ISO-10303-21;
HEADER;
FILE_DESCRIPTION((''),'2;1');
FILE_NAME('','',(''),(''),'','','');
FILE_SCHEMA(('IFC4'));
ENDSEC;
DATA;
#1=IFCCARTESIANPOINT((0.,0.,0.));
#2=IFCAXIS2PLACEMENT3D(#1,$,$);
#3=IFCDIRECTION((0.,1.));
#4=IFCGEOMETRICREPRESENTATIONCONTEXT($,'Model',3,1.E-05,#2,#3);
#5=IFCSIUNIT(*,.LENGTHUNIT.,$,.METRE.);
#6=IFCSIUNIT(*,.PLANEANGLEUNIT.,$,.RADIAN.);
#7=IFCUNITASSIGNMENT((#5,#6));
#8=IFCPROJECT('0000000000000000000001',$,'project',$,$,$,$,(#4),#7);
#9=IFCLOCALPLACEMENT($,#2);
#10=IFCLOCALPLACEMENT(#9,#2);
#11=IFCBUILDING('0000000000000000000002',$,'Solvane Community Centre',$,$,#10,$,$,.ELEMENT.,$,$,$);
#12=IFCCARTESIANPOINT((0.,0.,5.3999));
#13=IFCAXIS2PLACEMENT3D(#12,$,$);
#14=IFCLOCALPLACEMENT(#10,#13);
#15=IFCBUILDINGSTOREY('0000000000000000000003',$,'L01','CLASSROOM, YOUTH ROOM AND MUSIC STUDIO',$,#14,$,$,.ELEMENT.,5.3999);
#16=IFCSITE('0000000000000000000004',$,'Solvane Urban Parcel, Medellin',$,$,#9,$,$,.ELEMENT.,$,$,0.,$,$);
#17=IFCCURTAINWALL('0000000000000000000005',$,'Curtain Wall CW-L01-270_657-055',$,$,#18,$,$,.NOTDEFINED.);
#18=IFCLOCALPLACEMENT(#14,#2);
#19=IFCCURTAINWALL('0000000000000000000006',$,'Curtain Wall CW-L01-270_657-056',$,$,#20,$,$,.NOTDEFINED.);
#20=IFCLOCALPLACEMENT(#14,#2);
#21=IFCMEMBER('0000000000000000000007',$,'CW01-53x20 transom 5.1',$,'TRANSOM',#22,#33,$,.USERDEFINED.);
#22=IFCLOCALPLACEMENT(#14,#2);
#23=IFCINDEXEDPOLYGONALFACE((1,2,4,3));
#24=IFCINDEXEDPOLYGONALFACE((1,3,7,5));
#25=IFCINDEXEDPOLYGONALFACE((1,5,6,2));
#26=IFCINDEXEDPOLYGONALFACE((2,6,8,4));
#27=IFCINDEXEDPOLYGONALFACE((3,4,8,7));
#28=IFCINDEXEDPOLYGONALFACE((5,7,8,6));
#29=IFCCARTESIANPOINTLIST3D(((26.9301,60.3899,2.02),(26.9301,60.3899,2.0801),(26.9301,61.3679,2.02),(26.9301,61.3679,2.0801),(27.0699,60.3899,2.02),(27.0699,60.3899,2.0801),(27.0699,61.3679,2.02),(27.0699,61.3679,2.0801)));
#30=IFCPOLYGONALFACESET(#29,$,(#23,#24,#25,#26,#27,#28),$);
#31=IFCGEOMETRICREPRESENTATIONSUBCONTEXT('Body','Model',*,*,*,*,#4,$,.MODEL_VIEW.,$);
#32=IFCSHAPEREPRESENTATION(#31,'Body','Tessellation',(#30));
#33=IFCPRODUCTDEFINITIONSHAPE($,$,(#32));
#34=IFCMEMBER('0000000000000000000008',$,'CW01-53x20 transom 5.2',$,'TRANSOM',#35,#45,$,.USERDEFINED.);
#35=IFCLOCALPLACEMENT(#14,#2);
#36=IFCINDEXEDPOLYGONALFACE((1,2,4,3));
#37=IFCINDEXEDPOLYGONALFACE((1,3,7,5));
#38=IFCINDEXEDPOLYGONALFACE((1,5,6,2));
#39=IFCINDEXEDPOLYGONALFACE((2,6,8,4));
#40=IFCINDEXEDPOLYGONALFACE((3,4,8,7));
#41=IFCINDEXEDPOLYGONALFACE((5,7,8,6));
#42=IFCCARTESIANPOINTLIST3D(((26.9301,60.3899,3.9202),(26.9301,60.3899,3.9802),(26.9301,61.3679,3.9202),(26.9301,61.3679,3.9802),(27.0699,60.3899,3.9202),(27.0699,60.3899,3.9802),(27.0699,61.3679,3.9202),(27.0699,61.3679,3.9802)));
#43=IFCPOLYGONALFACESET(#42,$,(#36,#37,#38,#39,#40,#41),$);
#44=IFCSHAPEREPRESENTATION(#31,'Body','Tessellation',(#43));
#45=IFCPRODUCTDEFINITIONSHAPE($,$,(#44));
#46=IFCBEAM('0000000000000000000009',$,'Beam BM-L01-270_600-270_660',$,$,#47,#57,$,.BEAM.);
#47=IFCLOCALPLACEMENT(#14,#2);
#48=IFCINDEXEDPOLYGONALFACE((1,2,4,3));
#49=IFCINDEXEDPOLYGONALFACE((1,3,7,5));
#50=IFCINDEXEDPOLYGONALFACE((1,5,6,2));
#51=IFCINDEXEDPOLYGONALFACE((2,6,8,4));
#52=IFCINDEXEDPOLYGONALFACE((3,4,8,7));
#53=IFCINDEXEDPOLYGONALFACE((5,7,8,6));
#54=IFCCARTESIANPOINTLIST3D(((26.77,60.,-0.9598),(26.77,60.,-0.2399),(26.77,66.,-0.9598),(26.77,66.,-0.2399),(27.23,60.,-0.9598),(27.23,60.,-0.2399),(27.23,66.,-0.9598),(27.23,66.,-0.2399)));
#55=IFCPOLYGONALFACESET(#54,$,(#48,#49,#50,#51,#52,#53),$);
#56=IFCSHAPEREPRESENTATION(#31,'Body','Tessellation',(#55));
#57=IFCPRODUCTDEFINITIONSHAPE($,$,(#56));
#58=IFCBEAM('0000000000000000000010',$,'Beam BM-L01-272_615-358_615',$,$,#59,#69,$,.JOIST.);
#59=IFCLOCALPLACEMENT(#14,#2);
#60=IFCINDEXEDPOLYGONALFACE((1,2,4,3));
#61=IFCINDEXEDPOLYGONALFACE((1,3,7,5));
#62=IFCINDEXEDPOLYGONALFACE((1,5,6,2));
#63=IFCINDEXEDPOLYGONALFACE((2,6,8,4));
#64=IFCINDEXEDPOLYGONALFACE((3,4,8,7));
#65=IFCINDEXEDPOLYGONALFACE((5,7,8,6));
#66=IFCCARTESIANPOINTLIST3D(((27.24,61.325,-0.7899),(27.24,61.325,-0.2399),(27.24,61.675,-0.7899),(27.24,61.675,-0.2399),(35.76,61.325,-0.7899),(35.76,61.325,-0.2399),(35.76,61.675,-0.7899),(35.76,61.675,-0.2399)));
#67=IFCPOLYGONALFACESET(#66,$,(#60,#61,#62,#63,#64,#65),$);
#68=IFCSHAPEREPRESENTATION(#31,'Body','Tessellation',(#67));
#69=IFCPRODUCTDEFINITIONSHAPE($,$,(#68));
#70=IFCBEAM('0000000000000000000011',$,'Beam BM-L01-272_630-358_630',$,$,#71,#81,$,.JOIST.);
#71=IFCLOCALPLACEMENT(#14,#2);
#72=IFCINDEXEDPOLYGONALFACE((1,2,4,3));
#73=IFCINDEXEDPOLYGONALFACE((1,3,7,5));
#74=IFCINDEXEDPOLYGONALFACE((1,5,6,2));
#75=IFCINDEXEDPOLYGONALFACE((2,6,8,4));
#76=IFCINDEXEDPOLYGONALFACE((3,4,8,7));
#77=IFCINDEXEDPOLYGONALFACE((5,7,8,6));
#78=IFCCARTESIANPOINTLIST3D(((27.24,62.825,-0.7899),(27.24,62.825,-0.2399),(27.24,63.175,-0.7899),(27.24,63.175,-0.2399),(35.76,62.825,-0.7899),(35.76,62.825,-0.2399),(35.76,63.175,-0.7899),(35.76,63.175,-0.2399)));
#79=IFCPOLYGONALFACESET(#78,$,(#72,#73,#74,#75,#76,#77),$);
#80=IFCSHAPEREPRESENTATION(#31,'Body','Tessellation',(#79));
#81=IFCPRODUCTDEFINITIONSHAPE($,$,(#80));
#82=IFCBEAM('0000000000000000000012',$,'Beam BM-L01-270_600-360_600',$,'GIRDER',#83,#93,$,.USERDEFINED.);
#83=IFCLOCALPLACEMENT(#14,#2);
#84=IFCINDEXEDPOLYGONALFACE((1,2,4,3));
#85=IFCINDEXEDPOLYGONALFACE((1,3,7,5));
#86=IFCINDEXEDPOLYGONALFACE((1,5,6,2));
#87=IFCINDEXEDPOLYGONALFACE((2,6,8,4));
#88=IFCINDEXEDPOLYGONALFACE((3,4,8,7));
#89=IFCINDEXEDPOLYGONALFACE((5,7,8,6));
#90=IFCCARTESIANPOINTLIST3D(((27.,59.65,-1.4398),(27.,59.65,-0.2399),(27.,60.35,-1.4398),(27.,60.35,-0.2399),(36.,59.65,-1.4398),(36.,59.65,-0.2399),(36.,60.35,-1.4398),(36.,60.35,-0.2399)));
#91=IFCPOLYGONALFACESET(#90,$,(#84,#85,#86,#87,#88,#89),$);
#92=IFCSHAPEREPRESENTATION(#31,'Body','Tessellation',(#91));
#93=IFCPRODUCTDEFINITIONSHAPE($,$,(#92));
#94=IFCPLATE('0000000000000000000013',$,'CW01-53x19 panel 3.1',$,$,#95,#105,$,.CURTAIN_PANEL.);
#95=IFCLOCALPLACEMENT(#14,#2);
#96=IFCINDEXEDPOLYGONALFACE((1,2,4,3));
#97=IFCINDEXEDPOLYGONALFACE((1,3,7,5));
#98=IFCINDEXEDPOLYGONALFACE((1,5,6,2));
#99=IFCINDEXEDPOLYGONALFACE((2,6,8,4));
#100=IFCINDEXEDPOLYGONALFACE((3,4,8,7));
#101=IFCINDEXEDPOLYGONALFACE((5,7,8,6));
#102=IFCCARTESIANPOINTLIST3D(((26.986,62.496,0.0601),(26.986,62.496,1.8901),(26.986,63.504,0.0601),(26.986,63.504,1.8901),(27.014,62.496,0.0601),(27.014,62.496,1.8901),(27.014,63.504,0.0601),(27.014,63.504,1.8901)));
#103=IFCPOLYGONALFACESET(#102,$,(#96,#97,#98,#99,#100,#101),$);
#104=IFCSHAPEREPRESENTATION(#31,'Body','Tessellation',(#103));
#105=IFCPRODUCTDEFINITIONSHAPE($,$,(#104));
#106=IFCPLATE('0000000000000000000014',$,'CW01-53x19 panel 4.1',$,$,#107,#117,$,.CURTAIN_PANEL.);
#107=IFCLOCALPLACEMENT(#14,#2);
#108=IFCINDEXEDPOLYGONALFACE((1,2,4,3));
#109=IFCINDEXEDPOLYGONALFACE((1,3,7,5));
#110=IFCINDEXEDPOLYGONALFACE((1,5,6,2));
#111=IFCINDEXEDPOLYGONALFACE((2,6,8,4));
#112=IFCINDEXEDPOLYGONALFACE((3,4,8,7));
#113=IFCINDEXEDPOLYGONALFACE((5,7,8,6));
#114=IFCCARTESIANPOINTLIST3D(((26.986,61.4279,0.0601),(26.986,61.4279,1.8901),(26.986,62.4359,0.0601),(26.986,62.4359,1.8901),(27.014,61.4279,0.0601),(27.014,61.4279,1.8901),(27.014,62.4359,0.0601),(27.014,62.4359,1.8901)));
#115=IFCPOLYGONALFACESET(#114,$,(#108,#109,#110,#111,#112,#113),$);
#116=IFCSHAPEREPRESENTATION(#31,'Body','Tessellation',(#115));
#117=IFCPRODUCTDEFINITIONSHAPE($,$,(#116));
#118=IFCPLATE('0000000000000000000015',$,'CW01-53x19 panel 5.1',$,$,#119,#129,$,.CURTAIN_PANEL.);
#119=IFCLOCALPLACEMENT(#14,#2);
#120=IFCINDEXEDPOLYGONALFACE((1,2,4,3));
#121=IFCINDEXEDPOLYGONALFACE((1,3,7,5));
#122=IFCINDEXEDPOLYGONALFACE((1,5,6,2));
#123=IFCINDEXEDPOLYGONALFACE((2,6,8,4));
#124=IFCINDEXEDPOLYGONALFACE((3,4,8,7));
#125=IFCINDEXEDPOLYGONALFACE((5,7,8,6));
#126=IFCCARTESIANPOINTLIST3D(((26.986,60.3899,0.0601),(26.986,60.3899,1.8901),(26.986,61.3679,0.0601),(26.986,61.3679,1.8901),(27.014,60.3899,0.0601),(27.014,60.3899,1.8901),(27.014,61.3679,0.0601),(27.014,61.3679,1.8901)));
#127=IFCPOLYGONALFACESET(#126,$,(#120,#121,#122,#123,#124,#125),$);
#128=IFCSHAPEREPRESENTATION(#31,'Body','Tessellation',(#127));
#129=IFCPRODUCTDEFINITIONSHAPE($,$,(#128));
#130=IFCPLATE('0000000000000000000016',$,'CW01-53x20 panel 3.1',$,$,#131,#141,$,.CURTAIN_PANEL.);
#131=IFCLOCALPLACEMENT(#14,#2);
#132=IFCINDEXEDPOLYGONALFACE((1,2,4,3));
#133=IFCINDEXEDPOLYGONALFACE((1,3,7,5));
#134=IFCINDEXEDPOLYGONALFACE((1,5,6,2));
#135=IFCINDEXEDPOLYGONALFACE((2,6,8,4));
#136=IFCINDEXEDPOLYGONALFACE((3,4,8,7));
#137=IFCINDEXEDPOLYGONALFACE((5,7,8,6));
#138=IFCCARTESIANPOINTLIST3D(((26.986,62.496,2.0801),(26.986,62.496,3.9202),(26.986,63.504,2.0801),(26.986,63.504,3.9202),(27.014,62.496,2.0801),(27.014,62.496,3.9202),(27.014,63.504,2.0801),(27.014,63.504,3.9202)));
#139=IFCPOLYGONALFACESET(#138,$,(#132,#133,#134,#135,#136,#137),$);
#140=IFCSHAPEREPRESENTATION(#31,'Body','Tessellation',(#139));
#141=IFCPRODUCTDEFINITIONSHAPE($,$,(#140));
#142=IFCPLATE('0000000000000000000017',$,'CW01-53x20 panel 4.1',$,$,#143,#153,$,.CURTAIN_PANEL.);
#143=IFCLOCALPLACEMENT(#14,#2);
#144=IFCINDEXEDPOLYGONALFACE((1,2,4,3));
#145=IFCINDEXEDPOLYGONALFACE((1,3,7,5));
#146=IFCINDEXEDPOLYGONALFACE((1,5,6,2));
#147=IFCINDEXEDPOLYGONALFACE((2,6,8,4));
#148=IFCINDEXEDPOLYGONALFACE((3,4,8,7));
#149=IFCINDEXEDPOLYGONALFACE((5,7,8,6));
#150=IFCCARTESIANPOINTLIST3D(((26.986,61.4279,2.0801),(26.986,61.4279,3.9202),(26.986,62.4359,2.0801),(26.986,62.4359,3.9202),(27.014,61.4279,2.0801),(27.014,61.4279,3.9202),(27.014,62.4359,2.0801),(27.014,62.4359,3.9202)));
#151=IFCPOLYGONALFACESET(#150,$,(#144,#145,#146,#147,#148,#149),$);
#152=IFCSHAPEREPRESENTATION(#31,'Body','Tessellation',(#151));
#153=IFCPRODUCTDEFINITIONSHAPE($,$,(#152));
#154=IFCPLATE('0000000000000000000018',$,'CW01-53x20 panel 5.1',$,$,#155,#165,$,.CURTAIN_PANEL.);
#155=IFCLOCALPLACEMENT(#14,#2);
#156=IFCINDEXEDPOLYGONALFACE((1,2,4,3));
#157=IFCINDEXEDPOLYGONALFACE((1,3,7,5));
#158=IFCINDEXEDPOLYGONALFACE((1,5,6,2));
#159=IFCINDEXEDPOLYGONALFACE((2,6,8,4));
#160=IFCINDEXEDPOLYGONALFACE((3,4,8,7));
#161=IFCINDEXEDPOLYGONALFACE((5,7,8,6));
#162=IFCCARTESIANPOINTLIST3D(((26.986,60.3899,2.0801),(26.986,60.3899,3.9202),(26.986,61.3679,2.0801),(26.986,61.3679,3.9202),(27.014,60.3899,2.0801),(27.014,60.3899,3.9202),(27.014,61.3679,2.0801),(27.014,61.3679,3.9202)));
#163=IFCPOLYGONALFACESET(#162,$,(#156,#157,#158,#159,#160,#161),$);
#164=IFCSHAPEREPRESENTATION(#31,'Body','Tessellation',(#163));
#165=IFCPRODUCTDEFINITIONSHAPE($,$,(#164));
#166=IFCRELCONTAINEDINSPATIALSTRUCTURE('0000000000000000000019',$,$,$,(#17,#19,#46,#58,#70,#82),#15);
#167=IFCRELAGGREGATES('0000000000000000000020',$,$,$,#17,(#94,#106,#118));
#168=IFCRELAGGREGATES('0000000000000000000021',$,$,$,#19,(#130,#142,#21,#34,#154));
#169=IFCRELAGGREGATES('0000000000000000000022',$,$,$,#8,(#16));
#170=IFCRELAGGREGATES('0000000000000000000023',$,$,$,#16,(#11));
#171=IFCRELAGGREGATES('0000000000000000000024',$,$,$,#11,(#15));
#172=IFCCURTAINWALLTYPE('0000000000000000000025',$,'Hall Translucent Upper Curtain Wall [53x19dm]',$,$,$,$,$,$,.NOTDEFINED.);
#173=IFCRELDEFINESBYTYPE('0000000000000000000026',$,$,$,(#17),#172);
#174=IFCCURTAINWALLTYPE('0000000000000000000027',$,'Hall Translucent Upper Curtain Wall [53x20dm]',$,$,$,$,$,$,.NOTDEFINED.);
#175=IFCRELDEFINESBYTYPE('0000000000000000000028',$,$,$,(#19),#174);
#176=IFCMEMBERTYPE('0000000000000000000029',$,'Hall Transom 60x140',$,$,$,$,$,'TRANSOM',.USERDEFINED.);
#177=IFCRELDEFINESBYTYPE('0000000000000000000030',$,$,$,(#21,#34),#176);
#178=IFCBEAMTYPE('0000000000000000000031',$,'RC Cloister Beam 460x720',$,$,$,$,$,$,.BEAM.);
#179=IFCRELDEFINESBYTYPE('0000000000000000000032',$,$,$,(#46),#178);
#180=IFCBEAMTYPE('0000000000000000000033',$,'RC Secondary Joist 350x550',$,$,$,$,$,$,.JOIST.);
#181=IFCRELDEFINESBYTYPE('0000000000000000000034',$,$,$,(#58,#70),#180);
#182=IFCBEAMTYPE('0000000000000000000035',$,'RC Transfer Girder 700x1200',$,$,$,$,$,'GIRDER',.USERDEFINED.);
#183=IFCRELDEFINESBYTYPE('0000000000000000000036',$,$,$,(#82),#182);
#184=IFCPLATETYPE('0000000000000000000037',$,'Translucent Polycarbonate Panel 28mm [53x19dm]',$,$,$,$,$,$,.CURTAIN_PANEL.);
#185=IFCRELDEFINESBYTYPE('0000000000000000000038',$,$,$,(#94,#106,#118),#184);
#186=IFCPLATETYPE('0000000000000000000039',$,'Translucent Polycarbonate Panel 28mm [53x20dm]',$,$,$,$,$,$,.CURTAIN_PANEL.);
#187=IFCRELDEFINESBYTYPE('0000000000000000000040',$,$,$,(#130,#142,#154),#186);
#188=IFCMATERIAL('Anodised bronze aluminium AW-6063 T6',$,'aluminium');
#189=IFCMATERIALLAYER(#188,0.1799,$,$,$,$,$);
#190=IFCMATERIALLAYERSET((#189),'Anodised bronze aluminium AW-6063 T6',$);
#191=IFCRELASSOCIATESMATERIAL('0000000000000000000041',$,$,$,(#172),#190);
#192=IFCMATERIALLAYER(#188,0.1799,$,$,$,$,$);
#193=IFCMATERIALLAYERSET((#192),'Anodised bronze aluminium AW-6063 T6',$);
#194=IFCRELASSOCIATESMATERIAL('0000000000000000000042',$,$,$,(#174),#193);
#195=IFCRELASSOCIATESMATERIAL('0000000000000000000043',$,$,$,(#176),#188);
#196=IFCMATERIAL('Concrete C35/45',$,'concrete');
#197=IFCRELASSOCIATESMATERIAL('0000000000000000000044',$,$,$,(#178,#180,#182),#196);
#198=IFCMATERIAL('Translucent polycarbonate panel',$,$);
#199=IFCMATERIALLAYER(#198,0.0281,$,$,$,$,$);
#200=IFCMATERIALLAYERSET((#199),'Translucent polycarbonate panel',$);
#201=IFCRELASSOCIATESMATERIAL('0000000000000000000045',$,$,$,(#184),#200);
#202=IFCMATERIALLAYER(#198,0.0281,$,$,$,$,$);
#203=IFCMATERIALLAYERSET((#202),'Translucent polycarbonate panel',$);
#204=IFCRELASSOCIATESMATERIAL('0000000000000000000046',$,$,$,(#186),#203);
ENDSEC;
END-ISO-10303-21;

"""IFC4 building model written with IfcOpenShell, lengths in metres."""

from ifc_helpers import new_model, si_unit, direction, frame, origin, origin_2d, place, context, subcontext, project, spatial, rectangle, extrude, material, layer, layer_set, material_profile, profile_set, type_object, element, aggregate, save


model = new_model("IFC4")

# Units and contexts
model_context = context("Model", 3, precision=1e-05, world=origin(), true_north=direction((0.0, 1.0)))
body_context = subcontext(model_context, "Body", "Model", "MODEL_VIEW")
ifc_project = project(units=[si_unit("LENGTHUNIT", "METRE"), si_unit("PLANEANGLEUNIT", "RADIAN")], contexts=[model_context])

# Site, building, storey
site_placement = place(None, origin())
site = spatial("IfcSite", under=ifc_project, at=site_placement, Name="Solvane Urban Parcel, Medellin", CompositionType="ELEMENT", RefElevation=0.0)
building_placement = place(site_placement, origin())
building = spatial("IfcBuilding", under=site, at=building_placement, Name="Solvane Community Centre", CompositionType="ELEMENT")
storey_placement = place(building_placement, frame((0.0, 0.0, 5.3999)))
storey = spatial("IfcBuildingStorey", under=building, at=storey_placement, Name="L01", Description="CLASSROOM, YOUTH ROOM AND MUSIC STUDIO", CompositionType="ELEMENT", Elevation=5.3999)

# Shared definitions
ifc_material_1 = material(Name="Concrete C35/45", Category="concrete")

# Curtain walls
ifc_material_2 = material(Name="Anodised bronze aluminium AW-6063 T6", Category="aluminium")
ifc_layer_1 = layer(ifc_material_2, 0.1799)
ifc_layer_set_1 = layer_set([ifc_layer_1], Name="Anodised bronze aluminium AW-6063 T6")
curtain_wall_type_1 = type_object("IfcCurtainWallType", Name="Hall Translucent Upper Curtain Wall [53x19dm]", PredefinedType="NOTDEFINED", material=ifc_layer_set_1)
curtain_wall_1_placement = place(storey_placement, origin())
curtain_wall_1 = element("IfcCurtainWall", 1, at=curtain_wall_1_placement, inside=storey, type_object=curtain_wall_type_1, Name="Curtain Wall CW-L01-270_657-055", PredefinedType="NOTDEFINED")
ifc_layer_2 = layer(ifc_material_2, 0.1799)
ifc_layer_set_2 = layer_set([ifc_layer_2], Name="Anodised bronze aluminium AW-6063 T6")
curtain_wall_type_2 = type_object("IfcCurtainWallType", Name="Hall Translucent Upper Curtain Wall [53x20dm]", PredefinedType="NOTDEFINED", material=ifc_layer_set_2)
curtain_wall_2_placement = place(storey_placement, origin())
curtain_wall_2 = element("IfcCurtainWall", 2, at=curtain_wall_2_placement, inside=storey, type_object=curtain_wall_type_2, Name="Curtain Wall CW-L01-270_657-056", PredefinedType="NOTDEFINED")

# Members
ifc_material_profile_1 = material_profile(ifc_material_2, rectangle(XDim=0.1399, YDim=0.0601, at=origin_2d()), Name="CW-T 60x140")
ifc_profile_set_1 = profile_set([ifc_material_profile_1], Name="Anodised bronze aluminium AW-6063 T6")
member_type_1 = type_object("IfcMemberType", Name="Hall Transom 60x140", ElementType="TRANSOM", PredefinedType="USERDEFINED", material=ifc_profile_set_1)
member_1_placement = place(storey_placement, frame((27.0, 61.3679, 2.05), z_axis=(0.0, -1.0, 0.0), x_axis=(1.0, 0.0, 0.0)))
member_1 = element("IfcMember", 3, at=member_1_placement, type_object=member_type_1, Name="CW01-53x20 transom 5.1", ObjectType="TRANSOM", PredefinedType="USERDEFINED", context=body_context, shape_type="SweptSolid", body=[
    extrude(rectangle(XDim=0.1399, YDim=0.0601, at=origin_2d()), origin(), (0.0, 0.0, 1.0), 0.978),
])
member_2_placement = place(storey_placement, frame((27.0, 61.3679, 3.9502), z_axis=(0.0, -1.0, 0.0), x_axis=(1.0, 0.0, 0.0)))
member_2 = element("IfcMember", 4, at=member_2_placement, type_object=member_type_1, Name="CW01-53x20 transom 5.2", ObjectType="TRANSOM", PredefinedType="USERDEFINED", context=body_context, shape_type="SweptSolid", body=[
    extrude(rectangle(XDim=0.1399, YDim=0.0601, at=origin_2d()), origin(), (0.0, 0.0, 1.0), 0.978),
])

# Beams
ifc_material_profile_2 = material_profile(ifc_material_1, rectangle(XDim=0.46, YDim=0.72, at=origin_2d()), Name="RC 460x720")
ifc_profile_set_2 = profile_set([ifc_material_profile_2], Name="Concrete C35/45")
beam_type_1 = type_object("IfcBeamType", Name="RC Cloister Beam 460x720", PredefinedType="BEAM", material=ifc_profile_set_2)
beam_1_placement = place(storey_placement, frame((27.0, 60.0, -0.5999), z_axis=(0.0, 1.0, 0.0), x_axis=(-1.0, 0.0, 0.0)))
element("IfcBeam", 5, at=beam_1_placement, inside=storey, type_object=beam_type_1, Name="Beam BM-L01-270_600-270_660", PredefinedType="BEAM", context=body_context, shape_type="SweptSolid", body=[
    extrude(rectangle(XDim=0.46, YDim=0.72, at=origin_2d()), origin(), (0.0, 0.0, 1.0), 6.0),
])
ifc_material_profile_3 = material_profile(ifc_material_1, rectangle(XDim=0.3501, YDim=0.55, at=origin_2d()), Name="RC 350x550")
ifc_profile_set_3 = profile_set([ifc_material_profile_3], Name="Concrete C35/45")
beam_type_2 = type_object("IfcBeamType", Name="RC Secondary Joist 350x550", PredefinedType="JOIST", material=ifc_profile_set_3)
for number, where, z_axis, x_axis, name in (
    (6, (27.24, 61.5, -0.5149), (1.0, 0.0, 0.0), (0.0, 1.0, 0.0), "Beam BM-L01-272_615-358_615"),
    (7, (27.24, 63.0, -0.5149), (1.0, 0.0, 0.0), (0.0, 1.0, 0.0), "Beam BM-L01-272_630-358_630"),
):
    element("IfcBeam", number, at=place(storey_placement, frame(where, z_axis=z_axis, x_axis=x_axis)), inside=storey, type_object=beam_type_2, Name=name, PredefinedType="JOIST", context=body_context, shape_type="SweptSolid", body=[
        extrude(rectangle(XDim=0.3501, YDim=0.55, at=origin_2d()), origin(), (0.0, 0.0, 1.0), 8.52),
    ])
ifc_material_profile_4 = material_profile(ifc_material_1, rectangle(XDim=0.7, YDim=1.2, at=origin_2d()), Name="RC 700x1200")
ifc_profile_set_4 = profile_set([ifc_material_profile_4], Name="Concrete C35/45")
beam_type_3 = type_object("IfcBeamType", Name="RC Transfer Girder 700x1200", ElementType="GIRDER", PredefinedType="USERDEFINED", material=ifc_profile_set_4)
beam_2_placement = place(storey_placement, frame((27.0, 60.0, -0.8398), z_axis=(1.0, 0.0, 0.0), x_axis=(0.0, 1.0, 0.0)))
element("IfcBeam", 8, at=beam_2_placement, inside=storey, type_object=beam_type_3, Name="Beam BM-L01-270_600-360_600", ObjectType="GIRDER", PredefinedType="USERDEFINED", context=body_context, shape_type="SweptSolid", body=[
    extrude(rectangle(XDim=0.7, YDim=1.2, at=origin_2d()), origin(), (0.0, 0.0, 1.0), 9.0),
])

# Plates
ifc_material_3 = material(Name="Translucent polycarbonate panel")
ifc_layer_3 = layer(ifc_material_3, 0.0281)
ifc_layer_set_3 = layer_set([ifc_layer_3], Name="Translucent polycarbonate panel")
plate_type_1 = type_object("IfcPlateType", Name="Translucent Polycarbonate Panel 28mm [53x19dm]", PredefinedType="CURTAIN_PANEL", material=ifc_layer_set_3)
plate_1_placement = place(storey_placement, frame((27.0, 63.0, 0.0601), z_axis=(0.0, 0.0, 1.0), x_axis=(0.0, -1.0, 0.0)))
plate_1 = element("IfcPlate", 9, at=plate_1_placement, type_object=plate_type_1, Name="CW01-53x19 panel 3.1", PredefinedType="CURTAIN_PANEL", context=body_context, shape_type="SweptSolid", body=[
    extrude(rectangle(XDim=1.0081, YDim=0.0281, at=origin_2d()), origin(), (0.0, 0.0, 1.0), 1.8301),
])
plate_2_placement = place(storey_placement, frame((27.0, 61.9319, 0.0601), z_axis=(0.0, 0.0, 1.0), x_axis=(0.0, -1.0, 0.0)))
plate_2 = element("IfcPlate", 10, at=plate_2_placement, type_object=plate_type_1, Name="CW01-53x19 panel 4.1", PredefinedType="CURTAIN_PANEL", context=body_context, shape_type="SweptSolid", body=[
    extrude(rectangle(XDim=1.0081, YDim=0.0281, at=origin_2d()), origin(), (0.0, 0.0, 1.0), 1.8301),
])
plate_3_placement = place(storey_placement, frame((27.0, 60.8789, 0.0601), z_axis=(0.0, 0.0, 1.0), x_axis=(0.0, -1.0, 0.0)))
plate_3 = element("IfcPlate", 11, at=plate_3_placement, type_object=plate_type_1, Name="CW01-53x19 panel 5.1", PredefinedType="CURTAIN_PANEL", context=body_context, shape_type="SweptSolid", body=[
    extrude(rectangle(XDim=0.978, YDim=0.0281, at=origin_2d()), origin(), (0.0, 0.0, 1.0), 1.8301),
])
aggregate(curtain_wall_1, [plate_1, plate_2, plate_3])
ifc_layer_4 = layer(ifc_material_3, 0.0281)
ifc_layer_set_4 = layer_set([ifc_layer_4], Name="Translucent polycarbonate panel")
plate_type_2 = type_object("IfcPlateType", Name="Translucent Polycarbonate Panel 28mm [53x20dm]", PredefinedType="CURTAIN_PANEL", material=ifc_layer_set_4)
plate_4_placement = place(storey_placement, frame((27.0, 63.0, 2.0801), z_axis=(0.0, 0.0, 1.0), x_axis=(0.0, -1.0, 0.0)))
plate_4 = element("IfcPlate", 12, at=plate_4_placement, type_object=plate_type_2, Name="CW01-53x20 panel 3.1", PredefinedType="CURTAIN_PANEL", context=body_context, shape_type="SweptSolid", body=[
    extrude(rectangle(XDim=1.0081, YDim=0.0281, at=origin_2d()), origin(), (0.0, 0.0, 1.0), 1.8401),
])
plate_5_placement = place(storey_placement, frame((27.0, 61.9319, 2.0801), z_axis=(0.0, 0.0, 1.0), x_axis=(0.0, -1.0, 0.0)))
plate_5 = element("IfcPlate", 13, at=plate_5_placement, type_object=plate_type_2, Name="CW01-53x20 panel 4.1", PredefinedType="CURTAIN_PANEL", context=body_context, shape_type="SweptSolid", body=[
    extrude(rectangle(XDim=1.0081, YDim=0.0281, at=origin_2d()), origin(), (0.0, 0.0, 1.0), 1.8401),
])
plate_6_placement = place(storey_placement, frame((27.0, 60.8789, 2.0801), z_axis=(0.0, 0.0, 1.0), x_axis=(0.0, -1.0, 0.0)))
plate_6 = element("IfcPlate", 14, at=plate_6_placement, type_object=plate_type_2, Name="CW01-53x20 panel 5.1", PredefinedType="CURTAIN_PANEL", context=body_context, shape_type="SweptSolid", body=[
    extrude(rectangle(XDim=0.978, YDim=0.0281, at=origin_2d()), origin(), (0.0, 0.0, 1.0), 1.8401),
])
aggregate(curtain_wall_2, [plate_4, plate_5, member_1, member_2, plate_6])

save(model, "model.ifc")
